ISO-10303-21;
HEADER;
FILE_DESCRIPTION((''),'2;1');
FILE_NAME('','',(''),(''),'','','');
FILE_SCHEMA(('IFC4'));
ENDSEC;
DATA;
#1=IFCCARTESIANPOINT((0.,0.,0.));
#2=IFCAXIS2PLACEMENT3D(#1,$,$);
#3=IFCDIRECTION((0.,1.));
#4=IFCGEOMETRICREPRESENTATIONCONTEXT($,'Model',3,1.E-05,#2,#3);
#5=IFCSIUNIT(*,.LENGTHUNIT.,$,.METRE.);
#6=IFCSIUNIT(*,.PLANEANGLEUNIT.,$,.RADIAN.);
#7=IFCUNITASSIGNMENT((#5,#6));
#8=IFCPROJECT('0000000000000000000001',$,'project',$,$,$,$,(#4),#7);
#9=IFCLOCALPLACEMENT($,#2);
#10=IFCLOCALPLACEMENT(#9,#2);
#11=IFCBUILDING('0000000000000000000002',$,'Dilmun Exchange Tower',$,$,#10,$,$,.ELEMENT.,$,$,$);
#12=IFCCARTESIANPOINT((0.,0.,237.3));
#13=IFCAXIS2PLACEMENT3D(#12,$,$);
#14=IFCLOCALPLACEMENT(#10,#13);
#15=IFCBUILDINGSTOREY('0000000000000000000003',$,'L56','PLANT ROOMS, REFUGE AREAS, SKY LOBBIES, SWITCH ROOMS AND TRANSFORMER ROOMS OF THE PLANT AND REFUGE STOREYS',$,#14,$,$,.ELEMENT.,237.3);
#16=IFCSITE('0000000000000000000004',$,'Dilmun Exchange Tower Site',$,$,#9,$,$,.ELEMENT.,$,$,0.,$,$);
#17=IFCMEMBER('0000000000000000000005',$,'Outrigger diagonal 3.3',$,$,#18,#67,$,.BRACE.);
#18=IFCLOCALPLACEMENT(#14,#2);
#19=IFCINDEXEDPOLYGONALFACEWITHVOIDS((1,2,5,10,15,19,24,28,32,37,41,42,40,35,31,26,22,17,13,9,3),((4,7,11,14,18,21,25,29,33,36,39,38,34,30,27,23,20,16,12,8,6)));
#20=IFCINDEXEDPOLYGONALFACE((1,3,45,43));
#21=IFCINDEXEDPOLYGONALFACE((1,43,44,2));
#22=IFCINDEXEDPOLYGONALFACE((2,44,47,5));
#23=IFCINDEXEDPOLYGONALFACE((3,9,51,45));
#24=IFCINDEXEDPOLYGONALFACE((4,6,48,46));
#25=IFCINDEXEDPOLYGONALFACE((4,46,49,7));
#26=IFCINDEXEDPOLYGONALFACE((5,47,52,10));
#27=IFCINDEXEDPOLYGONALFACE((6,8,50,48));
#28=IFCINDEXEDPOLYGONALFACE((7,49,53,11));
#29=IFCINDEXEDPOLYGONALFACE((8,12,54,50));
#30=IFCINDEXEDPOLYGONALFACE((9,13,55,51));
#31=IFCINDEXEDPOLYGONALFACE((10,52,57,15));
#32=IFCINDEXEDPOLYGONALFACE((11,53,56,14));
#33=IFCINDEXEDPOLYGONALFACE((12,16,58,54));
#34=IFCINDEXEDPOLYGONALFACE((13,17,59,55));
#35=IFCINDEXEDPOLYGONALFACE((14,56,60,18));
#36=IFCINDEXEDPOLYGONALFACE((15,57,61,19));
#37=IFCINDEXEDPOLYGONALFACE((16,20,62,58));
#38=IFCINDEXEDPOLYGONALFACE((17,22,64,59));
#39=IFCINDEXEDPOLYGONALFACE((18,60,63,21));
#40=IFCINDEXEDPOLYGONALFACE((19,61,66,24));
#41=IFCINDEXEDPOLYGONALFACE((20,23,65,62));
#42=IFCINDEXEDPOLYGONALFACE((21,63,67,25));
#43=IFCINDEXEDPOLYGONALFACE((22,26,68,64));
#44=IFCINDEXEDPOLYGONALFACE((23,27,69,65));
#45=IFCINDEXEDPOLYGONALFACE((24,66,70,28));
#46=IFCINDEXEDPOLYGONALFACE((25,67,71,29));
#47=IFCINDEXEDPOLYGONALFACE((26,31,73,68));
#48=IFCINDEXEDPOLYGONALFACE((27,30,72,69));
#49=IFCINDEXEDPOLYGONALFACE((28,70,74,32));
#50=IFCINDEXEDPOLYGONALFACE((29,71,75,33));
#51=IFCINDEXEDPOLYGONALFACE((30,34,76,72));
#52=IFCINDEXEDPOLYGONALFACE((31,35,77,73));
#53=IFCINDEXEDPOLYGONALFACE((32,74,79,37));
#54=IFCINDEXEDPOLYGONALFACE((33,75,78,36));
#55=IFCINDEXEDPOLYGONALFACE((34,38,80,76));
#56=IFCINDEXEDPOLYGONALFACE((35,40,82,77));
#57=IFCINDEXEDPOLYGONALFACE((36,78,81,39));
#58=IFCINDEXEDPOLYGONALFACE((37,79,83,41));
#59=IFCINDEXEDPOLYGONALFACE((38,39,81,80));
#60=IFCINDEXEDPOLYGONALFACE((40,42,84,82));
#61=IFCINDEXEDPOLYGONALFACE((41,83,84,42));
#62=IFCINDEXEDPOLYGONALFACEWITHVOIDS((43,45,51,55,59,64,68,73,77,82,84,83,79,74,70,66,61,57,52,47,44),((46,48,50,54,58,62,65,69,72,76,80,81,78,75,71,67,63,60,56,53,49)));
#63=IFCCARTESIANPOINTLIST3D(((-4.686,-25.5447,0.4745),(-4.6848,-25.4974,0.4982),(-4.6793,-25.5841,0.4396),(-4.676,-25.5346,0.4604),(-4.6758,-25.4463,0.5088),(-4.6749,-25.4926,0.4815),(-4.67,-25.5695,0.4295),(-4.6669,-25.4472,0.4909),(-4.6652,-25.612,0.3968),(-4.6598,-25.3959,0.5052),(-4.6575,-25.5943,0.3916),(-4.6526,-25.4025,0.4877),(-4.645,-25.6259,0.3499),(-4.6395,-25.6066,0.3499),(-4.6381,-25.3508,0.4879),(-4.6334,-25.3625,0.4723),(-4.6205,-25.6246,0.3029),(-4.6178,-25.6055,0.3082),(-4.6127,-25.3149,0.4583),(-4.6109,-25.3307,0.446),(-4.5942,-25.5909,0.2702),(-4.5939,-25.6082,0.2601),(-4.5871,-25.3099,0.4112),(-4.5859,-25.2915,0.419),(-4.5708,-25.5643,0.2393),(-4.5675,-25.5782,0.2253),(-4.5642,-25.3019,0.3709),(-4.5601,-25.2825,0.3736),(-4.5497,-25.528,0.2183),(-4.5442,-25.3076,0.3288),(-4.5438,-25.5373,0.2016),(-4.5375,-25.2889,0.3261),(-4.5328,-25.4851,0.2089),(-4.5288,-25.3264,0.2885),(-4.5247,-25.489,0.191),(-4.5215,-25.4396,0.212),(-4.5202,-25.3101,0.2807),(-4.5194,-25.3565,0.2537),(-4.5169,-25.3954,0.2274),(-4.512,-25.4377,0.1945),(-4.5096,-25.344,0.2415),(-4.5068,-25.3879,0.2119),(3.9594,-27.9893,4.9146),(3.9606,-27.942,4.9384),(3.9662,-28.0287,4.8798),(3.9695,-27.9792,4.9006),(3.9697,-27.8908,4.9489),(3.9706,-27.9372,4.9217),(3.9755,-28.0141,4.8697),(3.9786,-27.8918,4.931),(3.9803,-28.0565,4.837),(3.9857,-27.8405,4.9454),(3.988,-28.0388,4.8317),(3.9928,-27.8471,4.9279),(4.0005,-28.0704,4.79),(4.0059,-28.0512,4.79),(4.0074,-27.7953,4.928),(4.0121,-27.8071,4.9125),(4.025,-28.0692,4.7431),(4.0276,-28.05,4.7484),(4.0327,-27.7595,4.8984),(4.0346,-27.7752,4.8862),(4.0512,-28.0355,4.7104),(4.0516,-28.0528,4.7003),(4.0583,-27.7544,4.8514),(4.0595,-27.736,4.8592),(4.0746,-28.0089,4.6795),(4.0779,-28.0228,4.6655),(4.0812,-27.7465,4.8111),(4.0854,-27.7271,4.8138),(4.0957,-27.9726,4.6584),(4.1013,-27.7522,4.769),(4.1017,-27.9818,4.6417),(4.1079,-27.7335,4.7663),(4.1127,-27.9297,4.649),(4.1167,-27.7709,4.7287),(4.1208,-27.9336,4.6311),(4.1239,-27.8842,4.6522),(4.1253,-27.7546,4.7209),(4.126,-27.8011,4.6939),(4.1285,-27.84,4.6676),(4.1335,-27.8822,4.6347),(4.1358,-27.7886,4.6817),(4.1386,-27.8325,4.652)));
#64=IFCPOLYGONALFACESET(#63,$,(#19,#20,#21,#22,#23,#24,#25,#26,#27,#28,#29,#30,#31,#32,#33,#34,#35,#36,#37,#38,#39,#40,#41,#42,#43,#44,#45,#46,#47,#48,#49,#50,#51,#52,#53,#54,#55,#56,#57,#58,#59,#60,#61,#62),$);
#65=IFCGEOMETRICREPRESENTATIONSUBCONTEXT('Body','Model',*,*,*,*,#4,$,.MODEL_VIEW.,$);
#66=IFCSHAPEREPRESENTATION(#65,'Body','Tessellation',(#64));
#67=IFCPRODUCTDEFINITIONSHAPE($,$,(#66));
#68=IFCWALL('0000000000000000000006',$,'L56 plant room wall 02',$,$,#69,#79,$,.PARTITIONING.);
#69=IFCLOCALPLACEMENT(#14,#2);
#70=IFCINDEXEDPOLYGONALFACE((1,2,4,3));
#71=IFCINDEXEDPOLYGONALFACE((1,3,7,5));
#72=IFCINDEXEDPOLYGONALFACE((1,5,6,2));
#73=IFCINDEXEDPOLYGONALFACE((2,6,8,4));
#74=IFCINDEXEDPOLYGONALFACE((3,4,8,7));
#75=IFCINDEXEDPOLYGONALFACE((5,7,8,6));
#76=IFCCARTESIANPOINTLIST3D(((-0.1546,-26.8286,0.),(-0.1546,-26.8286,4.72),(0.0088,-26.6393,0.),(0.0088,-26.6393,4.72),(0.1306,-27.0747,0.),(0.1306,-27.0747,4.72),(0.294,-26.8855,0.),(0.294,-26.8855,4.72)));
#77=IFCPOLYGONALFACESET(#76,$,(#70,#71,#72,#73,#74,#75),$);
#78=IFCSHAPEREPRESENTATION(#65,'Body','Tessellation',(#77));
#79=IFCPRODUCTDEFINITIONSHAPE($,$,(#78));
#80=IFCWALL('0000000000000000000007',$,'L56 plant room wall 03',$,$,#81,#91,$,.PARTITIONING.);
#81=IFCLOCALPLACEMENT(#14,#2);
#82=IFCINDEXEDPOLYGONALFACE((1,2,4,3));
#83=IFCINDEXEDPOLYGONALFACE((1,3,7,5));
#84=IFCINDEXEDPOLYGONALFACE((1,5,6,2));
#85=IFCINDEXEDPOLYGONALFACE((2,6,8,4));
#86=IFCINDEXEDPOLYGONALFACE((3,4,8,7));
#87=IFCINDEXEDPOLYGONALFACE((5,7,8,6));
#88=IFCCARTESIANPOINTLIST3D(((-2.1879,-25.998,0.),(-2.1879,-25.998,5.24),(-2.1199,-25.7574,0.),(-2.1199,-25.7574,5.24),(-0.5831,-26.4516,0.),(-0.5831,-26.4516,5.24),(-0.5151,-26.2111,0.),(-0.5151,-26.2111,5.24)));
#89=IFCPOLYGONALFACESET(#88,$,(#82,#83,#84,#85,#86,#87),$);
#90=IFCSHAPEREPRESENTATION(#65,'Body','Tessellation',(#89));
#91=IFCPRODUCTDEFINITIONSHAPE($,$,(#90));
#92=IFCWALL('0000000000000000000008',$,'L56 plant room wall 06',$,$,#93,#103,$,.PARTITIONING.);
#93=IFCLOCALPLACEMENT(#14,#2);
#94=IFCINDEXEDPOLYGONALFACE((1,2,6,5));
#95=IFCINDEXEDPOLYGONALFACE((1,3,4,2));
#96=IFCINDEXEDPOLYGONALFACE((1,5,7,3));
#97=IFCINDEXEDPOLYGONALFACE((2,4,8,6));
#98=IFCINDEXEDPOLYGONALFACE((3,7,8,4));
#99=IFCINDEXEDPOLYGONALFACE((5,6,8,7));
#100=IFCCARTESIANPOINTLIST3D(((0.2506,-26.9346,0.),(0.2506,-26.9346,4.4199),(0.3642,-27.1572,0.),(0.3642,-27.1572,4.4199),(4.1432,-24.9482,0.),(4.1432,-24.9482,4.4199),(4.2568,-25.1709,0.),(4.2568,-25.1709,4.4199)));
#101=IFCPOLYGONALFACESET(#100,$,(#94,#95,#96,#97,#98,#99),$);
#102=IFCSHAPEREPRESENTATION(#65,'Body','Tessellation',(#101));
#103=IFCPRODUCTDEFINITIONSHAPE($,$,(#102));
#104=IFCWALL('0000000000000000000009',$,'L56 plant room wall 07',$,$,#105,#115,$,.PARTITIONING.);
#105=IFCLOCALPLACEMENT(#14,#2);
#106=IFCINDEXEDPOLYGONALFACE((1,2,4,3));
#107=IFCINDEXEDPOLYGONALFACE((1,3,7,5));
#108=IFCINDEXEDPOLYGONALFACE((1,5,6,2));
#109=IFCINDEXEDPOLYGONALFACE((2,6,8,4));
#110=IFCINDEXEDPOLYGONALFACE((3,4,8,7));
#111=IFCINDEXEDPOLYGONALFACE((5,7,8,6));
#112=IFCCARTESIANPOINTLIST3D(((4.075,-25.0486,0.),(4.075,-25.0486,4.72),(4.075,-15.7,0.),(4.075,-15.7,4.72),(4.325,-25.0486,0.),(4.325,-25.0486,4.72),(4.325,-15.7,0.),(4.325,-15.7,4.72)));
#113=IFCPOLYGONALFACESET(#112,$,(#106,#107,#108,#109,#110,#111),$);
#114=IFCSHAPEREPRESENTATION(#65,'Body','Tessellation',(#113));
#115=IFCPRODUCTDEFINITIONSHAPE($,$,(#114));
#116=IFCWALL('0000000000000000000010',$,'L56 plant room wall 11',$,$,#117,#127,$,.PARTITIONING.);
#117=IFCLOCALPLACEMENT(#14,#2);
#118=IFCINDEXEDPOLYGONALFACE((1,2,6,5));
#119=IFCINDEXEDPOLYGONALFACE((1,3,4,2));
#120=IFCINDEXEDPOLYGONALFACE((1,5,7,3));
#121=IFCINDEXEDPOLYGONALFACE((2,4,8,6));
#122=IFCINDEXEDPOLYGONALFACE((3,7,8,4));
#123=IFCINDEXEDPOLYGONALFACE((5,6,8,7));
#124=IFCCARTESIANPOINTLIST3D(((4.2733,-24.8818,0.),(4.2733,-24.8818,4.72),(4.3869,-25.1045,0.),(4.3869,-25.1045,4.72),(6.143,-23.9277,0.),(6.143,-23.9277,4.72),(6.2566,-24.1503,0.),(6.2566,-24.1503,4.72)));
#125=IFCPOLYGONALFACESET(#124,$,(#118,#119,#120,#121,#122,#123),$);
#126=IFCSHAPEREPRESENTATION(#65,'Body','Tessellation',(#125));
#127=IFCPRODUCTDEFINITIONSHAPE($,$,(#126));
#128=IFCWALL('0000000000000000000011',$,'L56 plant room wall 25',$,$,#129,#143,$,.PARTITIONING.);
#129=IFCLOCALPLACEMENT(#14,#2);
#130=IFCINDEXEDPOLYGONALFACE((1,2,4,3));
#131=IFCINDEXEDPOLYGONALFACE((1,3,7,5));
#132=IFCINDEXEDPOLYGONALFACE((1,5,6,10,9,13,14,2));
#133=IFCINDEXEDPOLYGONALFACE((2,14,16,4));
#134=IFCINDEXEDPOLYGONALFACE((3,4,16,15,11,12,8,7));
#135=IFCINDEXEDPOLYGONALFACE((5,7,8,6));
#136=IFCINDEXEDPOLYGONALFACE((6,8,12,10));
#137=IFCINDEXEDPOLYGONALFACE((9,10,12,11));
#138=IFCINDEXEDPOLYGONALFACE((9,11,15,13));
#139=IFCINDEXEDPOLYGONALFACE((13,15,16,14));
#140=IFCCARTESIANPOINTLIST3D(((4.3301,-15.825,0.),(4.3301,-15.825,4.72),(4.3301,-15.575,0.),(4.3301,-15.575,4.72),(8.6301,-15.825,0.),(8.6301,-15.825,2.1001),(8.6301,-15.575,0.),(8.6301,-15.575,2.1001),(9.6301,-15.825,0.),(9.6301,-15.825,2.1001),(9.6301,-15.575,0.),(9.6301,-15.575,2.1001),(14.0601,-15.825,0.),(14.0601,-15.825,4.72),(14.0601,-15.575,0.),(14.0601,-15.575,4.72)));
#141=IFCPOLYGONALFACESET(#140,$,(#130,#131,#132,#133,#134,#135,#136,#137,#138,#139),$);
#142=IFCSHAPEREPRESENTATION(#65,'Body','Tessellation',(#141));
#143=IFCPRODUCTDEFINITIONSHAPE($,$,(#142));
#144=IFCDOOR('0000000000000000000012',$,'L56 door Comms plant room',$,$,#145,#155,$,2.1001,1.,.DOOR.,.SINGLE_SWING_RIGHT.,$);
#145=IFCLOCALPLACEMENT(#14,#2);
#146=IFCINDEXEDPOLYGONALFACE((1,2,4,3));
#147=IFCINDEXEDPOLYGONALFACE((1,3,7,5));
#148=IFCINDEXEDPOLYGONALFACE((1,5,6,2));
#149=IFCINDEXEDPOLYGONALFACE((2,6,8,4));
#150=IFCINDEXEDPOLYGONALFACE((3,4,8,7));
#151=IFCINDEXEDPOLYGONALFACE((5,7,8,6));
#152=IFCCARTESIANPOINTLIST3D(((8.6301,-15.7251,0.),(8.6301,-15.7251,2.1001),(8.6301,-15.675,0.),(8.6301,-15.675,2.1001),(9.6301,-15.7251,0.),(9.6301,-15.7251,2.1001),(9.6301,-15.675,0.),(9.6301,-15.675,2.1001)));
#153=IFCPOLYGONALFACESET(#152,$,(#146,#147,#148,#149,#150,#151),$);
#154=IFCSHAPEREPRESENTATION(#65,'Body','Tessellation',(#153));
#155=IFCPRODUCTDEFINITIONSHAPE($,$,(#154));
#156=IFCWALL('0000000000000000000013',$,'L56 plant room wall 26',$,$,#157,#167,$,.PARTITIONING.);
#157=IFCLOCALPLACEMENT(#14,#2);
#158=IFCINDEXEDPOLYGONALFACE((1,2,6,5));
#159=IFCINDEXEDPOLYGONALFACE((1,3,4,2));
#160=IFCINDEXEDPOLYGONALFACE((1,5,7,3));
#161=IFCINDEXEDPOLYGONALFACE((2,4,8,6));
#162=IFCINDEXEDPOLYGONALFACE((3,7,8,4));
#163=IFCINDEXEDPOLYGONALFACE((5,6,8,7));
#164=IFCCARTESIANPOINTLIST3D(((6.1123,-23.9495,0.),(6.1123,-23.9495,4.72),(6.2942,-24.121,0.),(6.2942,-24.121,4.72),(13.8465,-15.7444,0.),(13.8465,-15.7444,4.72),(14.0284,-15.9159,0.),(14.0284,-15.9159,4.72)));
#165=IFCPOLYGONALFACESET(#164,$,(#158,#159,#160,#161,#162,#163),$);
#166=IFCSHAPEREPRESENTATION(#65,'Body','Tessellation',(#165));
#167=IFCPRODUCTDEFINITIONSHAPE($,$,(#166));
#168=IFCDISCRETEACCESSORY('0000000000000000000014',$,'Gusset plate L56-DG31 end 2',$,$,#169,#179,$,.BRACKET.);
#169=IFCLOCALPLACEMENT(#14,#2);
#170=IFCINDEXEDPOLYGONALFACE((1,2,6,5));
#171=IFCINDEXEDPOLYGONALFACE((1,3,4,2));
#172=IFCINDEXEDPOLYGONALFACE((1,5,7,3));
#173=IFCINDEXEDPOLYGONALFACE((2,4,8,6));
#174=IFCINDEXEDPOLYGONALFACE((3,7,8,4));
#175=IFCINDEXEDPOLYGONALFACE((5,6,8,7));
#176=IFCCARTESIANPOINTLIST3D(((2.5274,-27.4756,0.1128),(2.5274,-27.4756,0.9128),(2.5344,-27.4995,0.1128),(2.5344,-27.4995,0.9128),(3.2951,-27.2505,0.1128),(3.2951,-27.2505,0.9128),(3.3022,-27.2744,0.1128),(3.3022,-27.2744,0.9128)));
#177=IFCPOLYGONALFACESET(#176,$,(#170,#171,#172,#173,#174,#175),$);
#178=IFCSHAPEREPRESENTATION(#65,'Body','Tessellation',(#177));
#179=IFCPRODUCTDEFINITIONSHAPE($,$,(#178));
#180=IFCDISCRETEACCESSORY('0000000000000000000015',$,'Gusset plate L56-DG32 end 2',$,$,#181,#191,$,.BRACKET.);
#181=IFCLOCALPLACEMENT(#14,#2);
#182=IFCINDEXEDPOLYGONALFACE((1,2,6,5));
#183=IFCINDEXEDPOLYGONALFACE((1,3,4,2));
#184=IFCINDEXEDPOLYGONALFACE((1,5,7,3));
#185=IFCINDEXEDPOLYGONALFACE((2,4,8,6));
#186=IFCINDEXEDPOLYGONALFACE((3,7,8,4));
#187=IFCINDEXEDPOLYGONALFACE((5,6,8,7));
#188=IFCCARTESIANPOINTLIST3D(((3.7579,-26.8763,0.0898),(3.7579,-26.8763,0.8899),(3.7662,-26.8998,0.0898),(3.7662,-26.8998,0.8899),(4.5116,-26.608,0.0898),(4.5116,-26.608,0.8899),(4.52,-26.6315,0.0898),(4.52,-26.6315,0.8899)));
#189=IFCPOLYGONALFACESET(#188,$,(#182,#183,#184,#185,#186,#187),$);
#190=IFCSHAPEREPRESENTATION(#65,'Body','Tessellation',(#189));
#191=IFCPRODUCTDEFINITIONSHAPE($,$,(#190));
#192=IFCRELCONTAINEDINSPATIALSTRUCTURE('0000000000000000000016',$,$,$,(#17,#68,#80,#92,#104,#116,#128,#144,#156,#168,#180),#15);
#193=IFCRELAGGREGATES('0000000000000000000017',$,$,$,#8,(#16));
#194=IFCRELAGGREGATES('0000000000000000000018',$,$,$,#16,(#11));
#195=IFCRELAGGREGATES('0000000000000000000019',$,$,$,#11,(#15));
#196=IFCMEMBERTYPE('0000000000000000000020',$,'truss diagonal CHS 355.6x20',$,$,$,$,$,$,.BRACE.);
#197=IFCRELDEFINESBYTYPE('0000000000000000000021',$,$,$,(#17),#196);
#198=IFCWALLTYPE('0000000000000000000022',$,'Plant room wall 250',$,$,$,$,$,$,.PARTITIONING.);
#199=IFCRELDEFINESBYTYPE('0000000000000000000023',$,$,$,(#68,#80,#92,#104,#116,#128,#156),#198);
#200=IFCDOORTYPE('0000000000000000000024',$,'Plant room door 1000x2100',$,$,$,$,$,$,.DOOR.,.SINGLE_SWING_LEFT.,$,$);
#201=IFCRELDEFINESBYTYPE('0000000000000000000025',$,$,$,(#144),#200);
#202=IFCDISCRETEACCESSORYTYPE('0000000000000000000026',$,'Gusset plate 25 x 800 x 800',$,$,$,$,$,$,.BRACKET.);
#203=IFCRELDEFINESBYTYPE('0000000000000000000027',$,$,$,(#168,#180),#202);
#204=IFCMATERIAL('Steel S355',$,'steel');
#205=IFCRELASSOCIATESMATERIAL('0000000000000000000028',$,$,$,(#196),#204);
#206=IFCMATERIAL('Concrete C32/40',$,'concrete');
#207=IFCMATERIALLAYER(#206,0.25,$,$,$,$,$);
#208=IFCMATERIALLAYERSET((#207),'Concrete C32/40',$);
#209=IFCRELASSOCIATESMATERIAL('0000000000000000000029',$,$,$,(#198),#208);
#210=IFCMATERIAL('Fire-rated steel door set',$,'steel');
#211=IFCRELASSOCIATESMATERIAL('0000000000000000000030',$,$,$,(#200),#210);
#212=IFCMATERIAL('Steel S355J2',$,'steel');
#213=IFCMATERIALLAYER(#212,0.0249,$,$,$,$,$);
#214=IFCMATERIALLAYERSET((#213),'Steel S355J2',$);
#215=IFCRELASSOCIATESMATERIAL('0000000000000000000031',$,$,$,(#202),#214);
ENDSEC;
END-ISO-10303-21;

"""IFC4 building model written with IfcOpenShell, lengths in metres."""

from ifc_helpers import new_model, si_unit, direction, frame, frame_2d, origin, origin_2d, place, context, subcontext, project, spatial, rectangle, hollow_circle, extrude, material, layer, layer_set, material_profile, profile_set, type_object, element, fill, save


model = new_model("IFC4")

# Units and contexts
model_context = context("Model", 3, precision=1e-05, world=origin(), true_north=direction((0.0, 1.0)))
body_context = subcontext(model_context, "Body", "Model", "MODEL_VIEW")
ifc_project = project(units=[si_unit("LENGTHUNIT", "METRE"), si_unit("PLANEANGLEUNIT", "RADIAN")], contexts=[model_context])

# Site, building, storey
site_placement = place(None, origin())
site = spatial("IfcSite", under=ifc_project, at=site_placement, Name="Dilmun Exchange Tower Site", CompositionType="ELEMENT", RefElevation=0.0)
building_placement = place(site_placement, origin())
building = spatial("IfcBuilding", under=site, at=building_placement, Name="Dilmun Exchange Tower", CompositionType="ELEMENT")
storey_placement = place(building_placement, frame((0.0, 0.0, 237.3)))
storey = spatial("IfcBuildingStorey", under=building, at=storey_placement, Name="L56", Description="PLANT ROOMS, REFUGE AREAS, SKY LOBBIES, SWITCH ROOMS AND TRANSFORMER ROOMS OF THE PLANT AND REFUGE STOREYS", CompositionType="ELEMENT", Elevation=237.3)

# Shared definitions
ifc_material_1 = material(Name="Steel S355", Category="steel")

# Member
ifc_material_profile_1 = material_profile(ifc_material_1, hollow_circle(Radius=0.1777, WallThickness=0.02, at=origin_2d()), Name="CHS 355.6x20")
ifc_profile_set_1 = profile_set([ifc_material_profile_1], Name="Steel S355")
member_type_1 = type_object("IfcMemberType", Name="truss diagonal CHS 355.6x20", PredefinedType="BRACE", material=ifc_profile_set_1)
member_1_placement = place(storey_placement, frame((4.0488, -27.8994, 4.79), z_axis=(-0.862672, 0.243927, -0.443054), x_axis=(-0.272089, -0.962272, 0.0)))
element("IfcMember", 1, at=member_1_placement, inside=storey, type_object=member_type_1, Name="Outrigger diagonal 3.3", PredefinedType="BRACE", context=body_context, shape_type="SweptSolid", body=[
    extrude(hollow_circle(Radius=0.1777, WallThickness=0.02, at=origin_2d()), origin(), (0.0, 0.0, 1.0), 10.0217),
])

# Walls
ifc_material_2 = material(Name="Concrete C32/40", Category="concrete")
ifc_layer_1 = layer(ifc_material_2, 0.25)
ifc_layer_set_1 = layer_set([ifc_layer_1], Name="Concrete C32/40")
wall_type = type_object("IfcWallType", Name="Plant room wall 250", PredefinedType="PARTITIONING", material=ifc_layer_set_1)
wall_1_placement = place(storey_placement, frame((-0.073, -26.7339, 0.0), z_axis=(0.0, 0.0, 1.0), x_axis=(0.757056, -0.65335, 0.0)))
element("IfcWall", 2, at=wall_1_placement, inside=storey, type_object=wall_type, Name="L56 plant room wall 02", PredefinedType="PARTITIONING", context=body_context, shape_type="SweptSolid", body=[
    extrude(rectangle(XDim=0.3767, YDim=0.25, at=frame_2d((0.1885, 0.0))), origin(), (0.0, 0.0, 1.0), 4.72),
])
wall_2_placement = place(storey_placement, frame((-2.1541, -25.8777, 0.0), z_axis=(0.0, 0.0, 1.0), x_axis=(0.962294, -0.272013, 0.0)))
element("IfcWall", 3, at=wall_2_placement, inside=storey, type_object=wall_type, Name="L56 plant room wall 03", PredefinedType="PARTITIONING", context=body_context, shape_type="SweptSolid", body=[
    extrude(rectangle(XDim=1.6677, YDim=0.25, at=frame_2d((0.834, 0.0))), origin(), (0.0, 0.0, 1.0), 5.24),
])
wall_3_placement = place(storey_placement, frame((0.3074, -27.0459, 0.0), z_axis=(0.0, 0.0, 1.0), x_axis=(0.890732, 0.454528, 0.0)))
element("IfcWall", 4, at=wall_3_placement, inside=storey, type_object=wall_type, Name="L56 plant room wall 06", PredefinedType="PARTITIONING", context=body_context, shape_type="SweptSolid", body=[
    extrude(rectangle(XDim=4.3701, YDim=0.25, at=frame_2d((2.1851, 0.0))), origin(), (0.0, 0.0, 1.0), 4.4199),
])
wall_4_placement = place(storey_placement, frame((4.2, -25.0486, 0.0), z_axis=(0.0, 0.0, 1.0), x_axis=(0.0, 1.0, 0.0)))
element("IfcWall", 5, at=wall_4_placement, inside=storey, type_object=wall_type, Name="L56 plant room wall 07", PredefinedType="PARTITIONING", context=body_context, shape_type="SweptSolid", body=[
    extrude(rectangle(XDim=9.3486, YDim=0.25, at=frame_2d((4.6743, 0.0))), origin(), (0.0, 0.0, 1.0), 4.72),
])
wall_5_placement = place(storey_placement, frame((4.3301, -24.9932, 0.0), z_axis=(0.0, 0.0, 1.0), x_axis=(0.890722, 0.454549, 0.0)))
element("IfcWall", 6, at=wall_5_placement, inside=storey, type_object=wall_type, Name="L56 plant room wall 11", PredefinedType="PARTITIONING", context=body_context, shape_type="SweptSolid", body=[
    extrude(rectangle(XDim=2.0991, YDim=0.25, at=frame_2d((1.0496, 0.0))), origin(), (0.0, 0.0, 1.0), 4.72),
])

# Wall, opening, door
wall_6_placement = place(storey_placement, frame((4.3301, -15.7, 0.0), z_axis=(0.0, 0.0, 1.0), x_axis=(1.0, 0.0, 0.0)))
wall_6 = element("IfcWall", 7, at=wall_6_placement, inside=storey, type_object=wall_type, Name="L56 plant room wall 25", PredefinedType="PARTITIONING", context=body_context, shape_type="SweptSolid", body=[
    extrude(rectangle(XDim=9.73, YDim=0.25, at=frame_2d((4.865, 0.0))), origin(), (0.0, 0.0, 1.0), 4.72),
])
opening_placement = place(wall_6_placement, frame((4.3, 0.0, 0.0)))
opening = element("IfcOpeningElement", 8, at=opening_placement, cuts=wall_6, PredefinedType="OPENING", context=body_context, shape_type="SweptSolid", body=[
    extrude(rectangle(XDim=1.0, YDim=2.1001, at=frame_2d((0.5, 1.05))), frame((0.0, 0.135, 0.0), z_axis=(0.0, -1.0, 0.0), x_axis=(1.0, 0.0, 0.0)), (0.0, 0.0, 1.0), 0.27),
])
ifc_material_3 = material(Name="Fire-rated steel door set", Category="steel")
door_type = type_object("IfcDoorType", Name="Plant room door 1000x2100", OperationType="SINGLE_SWING_LEFT", PredefinedType="DOOR", material=ifc_material_3)
door_placement = place(opening_placement, origin())
door = element("IfcDoor", 9, at=door_placement, inside=storey, type_object=door_type, Name="L56 door Comms plant room", OperationType="SINGLE_SWING_RIGHT", OverallHeight=2.1001, OverallWidth=1.0, PredefinedType="DOOR", context=body_context, shape_type="SweptSolid", body=[
    extrude(rectangle(XDim=1.0, YDim=2.1001, at=frame_2d((0.5, 1.05))), frame((0.0, 0.0249, 0.0), z_axis=(0.0, -1.0, 0.0), x_axis=(1.0, 0.0, 0.0)), (0.0, 0.0, 1.0), 0.05),
])
fill(opening, door)

# Wall
wall_7_placement = place(storey_placement, frame((6.2034, -24.0352, 0.0), z_axis=(0.0, 0.0, 1.0), x_axis=(0.685915, 0.727682, 0.0)))
element("IfcWall", 10, at=wall_7_placement, inside=storey, type_object=wall_type, Name="L56 plant room wall 26", PredefinedType="PARTITIONING", context=body_context, shape_type="SweptSolid", body=[
    extrude(rectangle(XDim=11.2756, YDim=0.25, at=frame_2d((5.6377, 0.0))), origin(), (0.0, 0.0, 1.0), 4.72),
])

# Discrete accessories
ifc_material_4 = material(Name="Steel S355J2", Category="steel")
ifc_layer_2 = layer(ifc_material_4, 0.0249)
ifc_layer_set_2 = layer_set([ifc_layer_2], Name="Steel S355J2")
discrete_accessory_type = type_object("IfcDiscreteAccessoryType", Name="Gusset plate 25 x 800 x 800", PredefinedType="BRACKET", material=ifc_layer_set_2)
for number, where, z_axis, x_axis, name in (
    (11, (2.9148, -27.375, 0.1128), (0.0, 0.0, 1.0), (0.959577, 0.281447, 0.0), "Gusset plate L56-DG31 end 2"),
    (12, (4.1389, -26.7539, 0.0898), (0.0, 0.0, 1.0), (0.942112, 0.335299, 0.0), "Gusset plate L56-DG32 end 2"),
):
    element("IfcDiscreteAccessory", number, at=place(storey_placement, frame(where, z_axis=z_axis, x_axis=x_axis)), inside=storey, type_object=discrete_accessory_type, Name=name, PredefinedType="BRACKET", context=body_context, shape_type="SweptSolid", body=[
        extrude(rectangle(XDim=0.8, YDim=0.0249, at=origin_2d()), origin(), (0.0, 0.0, 1.0), 0.8),
    ])

save(model, "model.ifc")
